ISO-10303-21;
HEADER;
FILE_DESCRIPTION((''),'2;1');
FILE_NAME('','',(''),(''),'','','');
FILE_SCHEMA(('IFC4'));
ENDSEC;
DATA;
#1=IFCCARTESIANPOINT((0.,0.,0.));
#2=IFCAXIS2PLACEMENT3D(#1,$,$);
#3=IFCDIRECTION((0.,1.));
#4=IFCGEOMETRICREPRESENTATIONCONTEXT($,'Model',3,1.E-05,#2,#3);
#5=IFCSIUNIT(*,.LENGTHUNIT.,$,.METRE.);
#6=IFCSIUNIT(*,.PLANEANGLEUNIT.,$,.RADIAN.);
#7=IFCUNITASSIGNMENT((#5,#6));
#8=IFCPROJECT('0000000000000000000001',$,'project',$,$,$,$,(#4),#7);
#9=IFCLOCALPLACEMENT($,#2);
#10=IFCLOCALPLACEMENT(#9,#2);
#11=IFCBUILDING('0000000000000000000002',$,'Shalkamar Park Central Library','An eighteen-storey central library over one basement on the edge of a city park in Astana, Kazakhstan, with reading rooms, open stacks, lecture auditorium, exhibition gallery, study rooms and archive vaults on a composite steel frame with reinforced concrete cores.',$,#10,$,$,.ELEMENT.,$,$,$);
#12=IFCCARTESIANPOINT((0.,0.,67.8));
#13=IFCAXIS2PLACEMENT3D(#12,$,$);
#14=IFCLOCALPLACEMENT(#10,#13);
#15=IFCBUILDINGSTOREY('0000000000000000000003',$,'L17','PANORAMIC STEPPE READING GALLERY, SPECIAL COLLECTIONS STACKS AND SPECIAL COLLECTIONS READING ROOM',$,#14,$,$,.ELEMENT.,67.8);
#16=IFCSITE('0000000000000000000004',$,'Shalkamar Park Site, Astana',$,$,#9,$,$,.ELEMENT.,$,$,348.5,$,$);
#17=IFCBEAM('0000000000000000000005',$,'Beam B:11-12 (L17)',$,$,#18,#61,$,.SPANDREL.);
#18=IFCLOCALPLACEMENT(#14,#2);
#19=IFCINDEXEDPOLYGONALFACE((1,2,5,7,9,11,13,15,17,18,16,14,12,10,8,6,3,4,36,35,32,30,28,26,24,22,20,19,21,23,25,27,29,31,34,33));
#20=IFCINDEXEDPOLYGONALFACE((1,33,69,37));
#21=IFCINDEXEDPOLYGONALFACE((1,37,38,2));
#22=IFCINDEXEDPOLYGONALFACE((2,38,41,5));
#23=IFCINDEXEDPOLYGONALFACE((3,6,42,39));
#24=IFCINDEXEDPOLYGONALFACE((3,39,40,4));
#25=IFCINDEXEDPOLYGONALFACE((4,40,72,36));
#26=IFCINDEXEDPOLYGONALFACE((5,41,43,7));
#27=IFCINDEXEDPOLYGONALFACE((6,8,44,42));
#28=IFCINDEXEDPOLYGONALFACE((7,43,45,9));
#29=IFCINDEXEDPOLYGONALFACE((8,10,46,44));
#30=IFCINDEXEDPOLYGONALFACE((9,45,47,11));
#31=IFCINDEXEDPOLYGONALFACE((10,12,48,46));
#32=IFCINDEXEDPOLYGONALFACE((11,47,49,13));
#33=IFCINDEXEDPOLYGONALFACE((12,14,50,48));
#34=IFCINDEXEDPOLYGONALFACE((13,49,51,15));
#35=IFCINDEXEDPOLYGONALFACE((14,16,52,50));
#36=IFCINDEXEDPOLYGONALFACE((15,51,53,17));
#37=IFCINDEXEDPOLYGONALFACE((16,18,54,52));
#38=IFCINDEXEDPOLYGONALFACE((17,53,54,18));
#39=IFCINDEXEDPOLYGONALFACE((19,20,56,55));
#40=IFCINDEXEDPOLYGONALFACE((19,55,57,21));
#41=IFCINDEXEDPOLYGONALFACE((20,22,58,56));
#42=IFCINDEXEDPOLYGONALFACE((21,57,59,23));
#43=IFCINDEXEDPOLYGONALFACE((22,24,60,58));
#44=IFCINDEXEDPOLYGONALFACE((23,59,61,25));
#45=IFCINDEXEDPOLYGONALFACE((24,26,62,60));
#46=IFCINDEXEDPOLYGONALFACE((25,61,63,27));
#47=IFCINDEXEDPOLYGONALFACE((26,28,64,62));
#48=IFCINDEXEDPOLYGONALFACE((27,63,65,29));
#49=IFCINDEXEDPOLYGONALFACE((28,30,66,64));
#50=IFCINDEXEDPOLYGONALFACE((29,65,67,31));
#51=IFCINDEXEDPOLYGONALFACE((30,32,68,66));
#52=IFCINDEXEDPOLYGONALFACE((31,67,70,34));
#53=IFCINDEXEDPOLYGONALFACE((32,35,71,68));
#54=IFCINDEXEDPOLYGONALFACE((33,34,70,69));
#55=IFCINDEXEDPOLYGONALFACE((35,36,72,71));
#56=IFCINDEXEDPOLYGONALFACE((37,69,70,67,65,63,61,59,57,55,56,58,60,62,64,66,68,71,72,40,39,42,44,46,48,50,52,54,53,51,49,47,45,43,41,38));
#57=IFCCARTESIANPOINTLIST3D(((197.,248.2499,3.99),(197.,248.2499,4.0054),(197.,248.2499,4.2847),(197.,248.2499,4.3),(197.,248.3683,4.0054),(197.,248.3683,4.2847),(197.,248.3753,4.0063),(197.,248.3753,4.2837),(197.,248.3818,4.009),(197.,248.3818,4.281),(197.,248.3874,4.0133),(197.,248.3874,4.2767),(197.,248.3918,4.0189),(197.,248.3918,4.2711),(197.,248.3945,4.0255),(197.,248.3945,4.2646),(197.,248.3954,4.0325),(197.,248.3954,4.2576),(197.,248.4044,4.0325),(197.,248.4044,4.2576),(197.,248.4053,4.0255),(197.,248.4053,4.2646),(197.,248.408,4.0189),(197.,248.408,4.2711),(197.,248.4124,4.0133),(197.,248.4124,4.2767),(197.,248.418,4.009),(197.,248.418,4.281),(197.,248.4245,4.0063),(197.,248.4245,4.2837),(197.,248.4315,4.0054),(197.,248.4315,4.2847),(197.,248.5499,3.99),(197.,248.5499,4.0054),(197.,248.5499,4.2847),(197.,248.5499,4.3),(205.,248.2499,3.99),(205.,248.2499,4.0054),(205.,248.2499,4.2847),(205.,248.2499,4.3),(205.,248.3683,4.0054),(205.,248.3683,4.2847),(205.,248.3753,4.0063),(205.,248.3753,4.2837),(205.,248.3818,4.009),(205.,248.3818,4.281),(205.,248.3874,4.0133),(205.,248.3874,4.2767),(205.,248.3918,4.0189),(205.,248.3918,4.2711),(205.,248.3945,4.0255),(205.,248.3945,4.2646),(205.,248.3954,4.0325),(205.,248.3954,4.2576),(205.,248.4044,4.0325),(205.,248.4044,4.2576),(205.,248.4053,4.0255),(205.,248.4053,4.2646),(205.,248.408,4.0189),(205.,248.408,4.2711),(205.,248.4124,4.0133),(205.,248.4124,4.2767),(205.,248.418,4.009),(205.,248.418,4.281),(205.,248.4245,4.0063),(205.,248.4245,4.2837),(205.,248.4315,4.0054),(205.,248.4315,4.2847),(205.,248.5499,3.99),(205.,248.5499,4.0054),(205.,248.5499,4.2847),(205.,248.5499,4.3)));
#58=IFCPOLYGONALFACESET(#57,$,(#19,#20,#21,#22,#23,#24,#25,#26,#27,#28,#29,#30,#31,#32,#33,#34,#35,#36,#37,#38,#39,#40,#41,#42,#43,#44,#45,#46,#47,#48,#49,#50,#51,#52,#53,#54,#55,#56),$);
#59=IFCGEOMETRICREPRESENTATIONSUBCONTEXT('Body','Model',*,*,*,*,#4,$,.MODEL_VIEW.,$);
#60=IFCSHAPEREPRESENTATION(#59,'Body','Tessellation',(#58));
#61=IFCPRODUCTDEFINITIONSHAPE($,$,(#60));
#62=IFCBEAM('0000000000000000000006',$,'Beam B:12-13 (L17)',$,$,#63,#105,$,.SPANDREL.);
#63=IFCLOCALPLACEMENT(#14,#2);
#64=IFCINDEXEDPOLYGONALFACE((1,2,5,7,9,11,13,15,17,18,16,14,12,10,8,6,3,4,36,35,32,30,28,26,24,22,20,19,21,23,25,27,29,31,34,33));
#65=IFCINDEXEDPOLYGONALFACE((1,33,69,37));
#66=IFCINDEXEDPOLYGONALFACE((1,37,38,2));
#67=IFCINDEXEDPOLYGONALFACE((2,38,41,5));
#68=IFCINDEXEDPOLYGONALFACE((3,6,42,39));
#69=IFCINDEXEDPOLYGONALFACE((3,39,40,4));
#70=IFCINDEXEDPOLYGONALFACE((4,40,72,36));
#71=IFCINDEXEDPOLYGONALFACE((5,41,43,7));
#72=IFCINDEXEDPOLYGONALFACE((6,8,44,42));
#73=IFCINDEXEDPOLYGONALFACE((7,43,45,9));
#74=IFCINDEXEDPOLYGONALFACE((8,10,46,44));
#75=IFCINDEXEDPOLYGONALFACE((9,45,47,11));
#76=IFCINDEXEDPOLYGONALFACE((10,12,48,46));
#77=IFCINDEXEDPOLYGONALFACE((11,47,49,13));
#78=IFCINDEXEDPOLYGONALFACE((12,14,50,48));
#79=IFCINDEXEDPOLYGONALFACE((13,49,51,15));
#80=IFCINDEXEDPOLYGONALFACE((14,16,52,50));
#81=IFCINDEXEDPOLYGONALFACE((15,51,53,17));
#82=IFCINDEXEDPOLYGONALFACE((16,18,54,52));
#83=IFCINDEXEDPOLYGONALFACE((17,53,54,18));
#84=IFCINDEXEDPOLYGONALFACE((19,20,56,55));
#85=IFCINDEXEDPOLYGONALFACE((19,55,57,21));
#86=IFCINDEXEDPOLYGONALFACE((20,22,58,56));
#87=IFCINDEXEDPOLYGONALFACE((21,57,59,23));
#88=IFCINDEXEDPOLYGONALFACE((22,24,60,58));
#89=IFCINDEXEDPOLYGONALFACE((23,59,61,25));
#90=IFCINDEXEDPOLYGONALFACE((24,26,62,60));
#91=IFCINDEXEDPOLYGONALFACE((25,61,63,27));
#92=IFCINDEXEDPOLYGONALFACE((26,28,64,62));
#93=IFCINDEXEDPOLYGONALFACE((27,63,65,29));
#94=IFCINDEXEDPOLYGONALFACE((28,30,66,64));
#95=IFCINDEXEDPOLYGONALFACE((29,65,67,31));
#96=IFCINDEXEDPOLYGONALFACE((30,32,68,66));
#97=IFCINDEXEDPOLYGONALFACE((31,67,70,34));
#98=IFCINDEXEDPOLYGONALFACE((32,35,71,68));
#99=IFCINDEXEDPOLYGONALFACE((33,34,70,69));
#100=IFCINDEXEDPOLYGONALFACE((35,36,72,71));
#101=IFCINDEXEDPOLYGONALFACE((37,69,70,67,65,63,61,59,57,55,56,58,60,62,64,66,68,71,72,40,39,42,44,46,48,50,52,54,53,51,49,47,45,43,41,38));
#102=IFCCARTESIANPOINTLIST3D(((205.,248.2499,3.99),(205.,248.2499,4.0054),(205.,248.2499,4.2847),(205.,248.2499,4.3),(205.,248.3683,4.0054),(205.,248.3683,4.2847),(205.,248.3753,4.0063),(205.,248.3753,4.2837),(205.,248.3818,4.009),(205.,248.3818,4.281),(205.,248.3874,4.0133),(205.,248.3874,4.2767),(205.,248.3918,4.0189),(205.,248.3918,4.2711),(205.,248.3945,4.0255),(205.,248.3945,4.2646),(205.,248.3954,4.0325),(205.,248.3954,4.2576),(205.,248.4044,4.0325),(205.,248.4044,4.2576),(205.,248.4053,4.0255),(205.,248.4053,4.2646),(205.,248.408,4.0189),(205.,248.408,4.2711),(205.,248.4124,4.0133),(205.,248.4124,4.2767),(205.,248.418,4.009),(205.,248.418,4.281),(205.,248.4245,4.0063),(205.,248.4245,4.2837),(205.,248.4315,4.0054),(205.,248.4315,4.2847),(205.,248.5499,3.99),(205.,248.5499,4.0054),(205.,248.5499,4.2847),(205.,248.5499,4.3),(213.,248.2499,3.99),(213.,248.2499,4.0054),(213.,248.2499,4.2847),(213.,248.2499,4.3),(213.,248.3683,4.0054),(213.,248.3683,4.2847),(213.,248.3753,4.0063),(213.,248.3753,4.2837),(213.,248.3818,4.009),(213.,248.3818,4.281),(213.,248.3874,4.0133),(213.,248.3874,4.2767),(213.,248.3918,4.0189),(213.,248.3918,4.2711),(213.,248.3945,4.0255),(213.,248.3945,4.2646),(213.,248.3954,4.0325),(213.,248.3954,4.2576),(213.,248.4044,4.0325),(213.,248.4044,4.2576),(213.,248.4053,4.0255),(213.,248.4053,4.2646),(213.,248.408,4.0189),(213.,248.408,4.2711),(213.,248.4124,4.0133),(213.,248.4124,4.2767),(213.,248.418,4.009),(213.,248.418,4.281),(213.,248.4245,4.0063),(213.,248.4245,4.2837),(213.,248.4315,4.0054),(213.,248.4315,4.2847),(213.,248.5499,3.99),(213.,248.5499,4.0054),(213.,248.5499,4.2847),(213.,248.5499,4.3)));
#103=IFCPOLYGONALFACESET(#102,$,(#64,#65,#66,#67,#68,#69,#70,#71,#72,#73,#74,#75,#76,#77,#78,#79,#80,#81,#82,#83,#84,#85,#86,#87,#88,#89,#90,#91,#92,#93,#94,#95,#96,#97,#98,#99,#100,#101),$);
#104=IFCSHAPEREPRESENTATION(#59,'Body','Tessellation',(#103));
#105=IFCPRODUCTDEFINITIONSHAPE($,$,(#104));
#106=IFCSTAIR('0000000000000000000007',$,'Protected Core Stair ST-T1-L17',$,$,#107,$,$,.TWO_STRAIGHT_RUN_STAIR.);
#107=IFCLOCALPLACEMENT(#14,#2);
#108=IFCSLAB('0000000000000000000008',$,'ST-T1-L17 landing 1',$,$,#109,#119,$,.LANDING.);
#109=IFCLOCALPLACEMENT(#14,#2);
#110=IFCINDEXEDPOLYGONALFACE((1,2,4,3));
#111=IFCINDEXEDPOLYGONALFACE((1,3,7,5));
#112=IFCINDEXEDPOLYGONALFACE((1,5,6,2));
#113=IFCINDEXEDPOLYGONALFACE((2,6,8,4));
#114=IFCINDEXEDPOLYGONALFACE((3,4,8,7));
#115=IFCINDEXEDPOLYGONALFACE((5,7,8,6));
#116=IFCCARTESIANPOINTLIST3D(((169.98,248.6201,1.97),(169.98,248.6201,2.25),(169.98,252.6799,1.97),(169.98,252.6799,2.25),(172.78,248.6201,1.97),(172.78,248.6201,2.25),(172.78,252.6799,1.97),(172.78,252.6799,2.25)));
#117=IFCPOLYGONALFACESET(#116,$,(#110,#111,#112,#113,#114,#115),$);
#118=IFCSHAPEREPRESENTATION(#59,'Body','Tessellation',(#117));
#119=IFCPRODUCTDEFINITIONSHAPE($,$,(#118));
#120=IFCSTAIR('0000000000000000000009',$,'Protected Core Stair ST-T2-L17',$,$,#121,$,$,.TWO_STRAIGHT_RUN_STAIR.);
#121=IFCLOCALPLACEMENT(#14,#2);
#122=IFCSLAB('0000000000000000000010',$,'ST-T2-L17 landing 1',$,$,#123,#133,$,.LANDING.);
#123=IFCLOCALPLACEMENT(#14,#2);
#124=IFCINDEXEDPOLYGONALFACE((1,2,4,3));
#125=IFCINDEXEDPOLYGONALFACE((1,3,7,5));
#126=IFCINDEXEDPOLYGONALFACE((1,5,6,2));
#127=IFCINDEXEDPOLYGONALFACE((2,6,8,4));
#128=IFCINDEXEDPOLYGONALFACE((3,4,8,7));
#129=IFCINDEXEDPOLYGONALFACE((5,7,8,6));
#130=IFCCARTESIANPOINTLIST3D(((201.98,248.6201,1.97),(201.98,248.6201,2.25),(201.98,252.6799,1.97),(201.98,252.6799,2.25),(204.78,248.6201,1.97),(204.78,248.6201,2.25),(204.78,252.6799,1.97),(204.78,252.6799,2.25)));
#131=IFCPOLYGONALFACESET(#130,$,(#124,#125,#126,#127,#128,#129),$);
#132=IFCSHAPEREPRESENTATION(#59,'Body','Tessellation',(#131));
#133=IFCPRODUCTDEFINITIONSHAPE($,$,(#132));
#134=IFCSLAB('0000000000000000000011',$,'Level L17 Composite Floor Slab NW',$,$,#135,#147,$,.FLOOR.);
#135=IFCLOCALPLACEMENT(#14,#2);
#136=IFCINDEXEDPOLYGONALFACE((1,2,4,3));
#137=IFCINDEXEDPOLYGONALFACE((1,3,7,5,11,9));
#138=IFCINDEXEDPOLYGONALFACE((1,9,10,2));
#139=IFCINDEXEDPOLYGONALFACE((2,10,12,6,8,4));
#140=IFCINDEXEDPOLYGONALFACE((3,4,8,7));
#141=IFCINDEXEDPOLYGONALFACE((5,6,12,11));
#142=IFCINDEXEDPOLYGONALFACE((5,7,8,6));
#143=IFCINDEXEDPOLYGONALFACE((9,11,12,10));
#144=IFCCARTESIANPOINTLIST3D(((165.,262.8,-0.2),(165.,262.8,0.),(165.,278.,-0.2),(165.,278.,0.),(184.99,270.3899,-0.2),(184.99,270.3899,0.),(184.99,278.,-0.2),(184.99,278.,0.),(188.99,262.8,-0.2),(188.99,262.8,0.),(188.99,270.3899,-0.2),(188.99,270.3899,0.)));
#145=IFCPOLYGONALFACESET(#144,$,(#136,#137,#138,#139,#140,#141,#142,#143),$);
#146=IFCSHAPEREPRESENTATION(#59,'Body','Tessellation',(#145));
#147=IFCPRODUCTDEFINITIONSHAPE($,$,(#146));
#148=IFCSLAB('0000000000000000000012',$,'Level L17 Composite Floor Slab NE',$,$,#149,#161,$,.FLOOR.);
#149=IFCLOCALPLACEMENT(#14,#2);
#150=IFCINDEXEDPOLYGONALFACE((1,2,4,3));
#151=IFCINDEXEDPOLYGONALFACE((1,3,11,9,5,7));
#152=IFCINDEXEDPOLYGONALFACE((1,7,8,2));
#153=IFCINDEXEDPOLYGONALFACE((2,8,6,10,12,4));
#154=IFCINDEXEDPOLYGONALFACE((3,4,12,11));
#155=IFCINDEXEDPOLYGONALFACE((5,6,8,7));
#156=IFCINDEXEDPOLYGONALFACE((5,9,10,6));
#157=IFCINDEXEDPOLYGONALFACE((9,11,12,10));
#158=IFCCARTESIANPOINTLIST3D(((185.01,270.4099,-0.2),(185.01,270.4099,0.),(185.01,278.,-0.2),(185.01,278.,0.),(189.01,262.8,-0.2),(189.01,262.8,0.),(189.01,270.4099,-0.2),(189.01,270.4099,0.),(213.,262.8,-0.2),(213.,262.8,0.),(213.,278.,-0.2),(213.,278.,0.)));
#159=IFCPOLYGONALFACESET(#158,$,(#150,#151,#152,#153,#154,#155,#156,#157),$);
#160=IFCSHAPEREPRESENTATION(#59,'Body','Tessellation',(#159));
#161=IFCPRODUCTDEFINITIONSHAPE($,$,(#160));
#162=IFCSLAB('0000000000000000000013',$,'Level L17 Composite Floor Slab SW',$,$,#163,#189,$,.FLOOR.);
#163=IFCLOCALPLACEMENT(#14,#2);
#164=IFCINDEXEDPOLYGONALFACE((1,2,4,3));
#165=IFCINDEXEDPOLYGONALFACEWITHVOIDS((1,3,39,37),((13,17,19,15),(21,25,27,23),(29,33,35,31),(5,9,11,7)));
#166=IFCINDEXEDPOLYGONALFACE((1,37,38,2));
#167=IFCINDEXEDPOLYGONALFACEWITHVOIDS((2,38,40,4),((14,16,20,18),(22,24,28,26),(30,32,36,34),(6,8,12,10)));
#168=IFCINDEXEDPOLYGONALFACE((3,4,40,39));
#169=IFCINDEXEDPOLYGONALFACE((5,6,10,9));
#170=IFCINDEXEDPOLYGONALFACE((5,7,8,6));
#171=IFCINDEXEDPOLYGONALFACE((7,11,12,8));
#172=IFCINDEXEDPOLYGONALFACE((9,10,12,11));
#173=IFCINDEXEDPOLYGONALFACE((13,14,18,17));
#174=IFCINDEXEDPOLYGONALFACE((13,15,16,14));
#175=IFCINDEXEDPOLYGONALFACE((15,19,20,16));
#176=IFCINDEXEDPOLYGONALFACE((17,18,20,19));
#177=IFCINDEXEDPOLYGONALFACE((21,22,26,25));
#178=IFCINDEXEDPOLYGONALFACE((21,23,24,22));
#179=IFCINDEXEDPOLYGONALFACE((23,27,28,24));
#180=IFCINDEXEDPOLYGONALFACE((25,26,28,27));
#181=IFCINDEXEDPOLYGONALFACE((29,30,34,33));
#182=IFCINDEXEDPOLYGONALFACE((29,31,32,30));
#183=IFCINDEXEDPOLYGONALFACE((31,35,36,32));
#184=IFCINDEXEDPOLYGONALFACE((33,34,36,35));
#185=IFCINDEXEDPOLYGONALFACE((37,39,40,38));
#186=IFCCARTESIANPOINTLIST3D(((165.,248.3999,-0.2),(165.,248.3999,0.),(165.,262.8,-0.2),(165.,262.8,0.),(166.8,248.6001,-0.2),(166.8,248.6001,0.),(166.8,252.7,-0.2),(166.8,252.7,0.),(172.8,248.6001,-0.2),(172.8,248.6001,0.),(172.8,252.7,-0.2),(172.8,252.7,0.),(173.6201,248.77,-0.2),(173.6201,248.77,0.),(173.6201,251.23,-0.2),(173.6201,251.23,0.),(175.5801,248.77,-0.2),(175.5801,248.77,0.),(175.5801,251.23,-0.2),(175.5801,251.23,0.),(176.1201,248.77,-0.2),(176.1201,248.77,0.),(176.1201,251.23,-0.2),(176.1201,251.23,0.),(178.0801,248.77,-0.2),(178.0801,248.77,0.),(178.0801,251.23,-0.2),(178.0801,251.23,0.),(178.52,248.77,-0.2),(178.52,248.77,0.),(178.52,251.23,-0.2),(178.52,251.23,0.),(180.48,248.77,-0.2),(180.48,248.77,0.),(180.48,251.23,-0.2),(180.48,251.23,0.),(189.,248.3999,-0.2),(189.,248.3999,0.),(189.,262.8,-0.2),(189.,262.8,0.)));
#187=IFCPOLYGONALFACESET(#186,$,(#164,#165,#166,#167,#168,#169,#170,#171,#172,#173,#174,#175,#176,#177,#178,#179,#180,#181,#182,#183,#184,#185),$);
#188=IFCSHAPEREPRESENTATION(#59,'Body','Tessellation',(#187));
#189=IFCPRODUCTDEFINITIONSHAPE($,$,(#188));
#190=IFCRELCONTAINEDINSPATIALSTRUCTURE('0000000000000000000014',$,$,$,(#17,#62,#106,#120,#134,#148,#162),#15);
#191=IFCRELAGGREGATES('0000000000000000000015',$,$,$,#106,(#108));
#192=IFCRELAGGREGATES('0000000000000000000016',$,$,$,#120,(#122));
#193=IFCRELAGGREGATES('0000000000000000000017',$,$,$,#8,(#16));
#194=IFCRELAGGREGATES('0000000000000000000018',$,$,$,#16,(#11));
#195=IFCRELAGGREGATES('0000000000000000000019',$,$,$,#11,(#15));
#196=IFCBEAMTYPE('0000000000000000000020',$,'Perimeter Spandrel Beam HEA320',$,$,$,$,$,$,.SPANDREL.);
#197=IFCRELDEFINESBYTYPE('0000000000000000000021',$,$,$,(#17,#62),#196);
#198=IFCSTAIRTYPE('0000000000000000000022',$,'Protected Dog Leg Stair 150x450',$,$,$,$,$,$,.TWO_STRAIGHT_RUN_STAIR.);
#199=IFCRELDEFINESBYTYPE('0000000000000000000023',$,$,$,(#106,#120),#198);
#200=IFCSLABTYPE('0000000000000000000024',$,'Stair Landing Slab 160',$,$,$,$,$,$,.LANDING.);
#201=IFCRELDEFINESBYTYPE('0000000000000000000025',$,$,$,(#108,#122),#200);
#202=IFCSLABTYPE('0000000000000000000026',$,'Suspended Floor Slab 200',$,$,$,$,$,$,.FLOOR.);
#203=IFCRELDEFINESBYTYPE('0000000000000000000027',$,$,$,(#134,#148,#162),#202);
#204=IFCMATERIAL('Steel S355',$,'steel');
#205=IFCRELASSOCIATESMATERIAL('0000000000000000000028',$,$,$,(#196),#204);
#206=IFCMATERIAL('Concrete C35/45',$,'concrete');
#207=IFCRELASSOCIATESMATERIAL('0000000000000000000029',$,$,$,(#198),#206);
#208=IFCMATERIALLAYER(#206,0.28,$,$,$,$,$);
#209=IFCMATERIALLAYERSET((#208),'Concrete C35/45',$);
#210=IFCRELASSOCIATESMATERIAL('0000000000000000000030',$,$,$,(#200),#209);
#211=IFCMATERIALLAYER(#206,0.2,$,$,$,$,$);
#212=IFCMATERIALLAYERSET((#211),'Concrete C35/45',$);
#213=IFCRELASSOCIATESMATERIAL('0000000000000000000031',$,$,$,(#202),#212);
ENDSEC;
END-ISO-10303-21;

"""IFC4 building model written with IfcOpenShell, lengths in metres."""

from ifc_helpers import new_model, si_unit, direction, frame, origin, origin_2d, place, context, subcontext, project, spatial, polyline, i_section, outline, extrude, material, layer, layer_set, material_profile, profile_set, type_object, element, aggregate, save


model = new_model("IFC4")

# Units and contexts
model_context = context("Model", 3, precision=1e-05, world=origin(), true_north=direction((0.0, 1.0)))
body_context = subcontext(model_context, "Body", "Model", "MODEL_VIEW")
ifc_project = project(units=[si_unit("LENGTHUNIT", "METRE"), si_unit("PLANEANGLEUNIT", "RADIAN")], contexts=[model_context])

# Site, building, storey
site_placement = place(None, origin())
site = spatial("IfcSite", under=ifc_project, at=site_placement, Name="Shalkamar Park Site, Astana", CompositionType="ELEMENT", RefElevation=348.5)
building_placement = place(site_placement, origin())
building = spatial("IfcBuilding", under=site, at=building_placement, Name="Shalkamar Park Central Library", Description="An eighteen-storey central library over one basement on the edge of a city park in Astana, Kazakhstan, with reading rooms, open stacks, lecture auditorium, exhibition gallery, study rooms and archive vaults on a composite steel frame with reinforced concrete cores.", CompositionType="ELEMENT")
storey_placement = place(building_placement, frame((0.0, 0.0, 67.8)))
storey = spatial("IfcBuildingStorey", under=building, at=storey_placement, Name="L17", Description="PANORAMIC STEPPE READING GALLERY, SPECIAL COLLECTIONS STACKS AND SPECIAL COLLECTIONS READING ROOM", CompositionType="ELEMENT", Elevation=67.8)

# Shared definitions
ifc_material_1 = material(Name="Steel S355", Category="steel")

# Beams
ifc_material_profile_1 = material_profile(ifc_material_1, i_section(OverallWidth=0.3, OverallDepth=0.3101, WebThickness=0.009, FlangeThickness=0.0154, FilletRadius=0.0271, at=origin_2d()), Name="HEA 320")
ifc_profile_set_1 = profile_set([ifc_material_profile_1], Name="Steel S355")
beam_type_1 = type_object("IfcBeamType", Name="Perimeter Spandrel Beam HEA320", PredefinedType="SPANDREL", material=ifc_profile_set_1)
for number, where, z_axis, x_axis, name in (
    (1, (197.0, 248.3999, 4.145), (1.0, 0.0, 0.0), (0.0, 1.0, 0.0), "Beam B:11-12 (L17)"),
    (2, (205.0, 248.3999, 4.145), (1.0, 0.0, 0.0), (0.0, 1.0, 0.0), "Beam B:12-13 (L17)"),
):
    element("IfcBeam", number, at=place(storey_placement, frame(where, z_axis=z_axis, x_axis=x_axis)), inside=storey, type_object=beam_type_1, Name=name, PredefinedType="SPANDREL", context=body_context, shape_type="SweptSolid", body=[
        extrude(i_section(OverallWidth=0.3, OverallDepth=0.3101, WebThickness=0.009, FlangeThickness=0.0154, FilletRadius=0.0271, at=origin_2d()), origin(), (0.0, 0.0, 1.0), 8.0),
    ])

# Stairs, slabs
ifc_material_2 = material(Name="Concrete C35/45", Category="concrete")
stair_type = type_object("IfcStairType", Name="Protected Dog Leg Stair 150x450", PredefinedType="TWO_STRAIGHT_RUN_STAIR", material=ifc_material_2)
stair_1_placement = place(storey_placement, origin())
stair_1 = element("IfcStair", 3, at=stair_1_placement, inside=storey, type_object=stair_type, Name="Protected Core Stair ST-T1-L17", PredefinedType="TWO_STRAIGHT_RUN_STAIR")
ifc_layer_1 = layer(ifc_material_2, 0.28)
ifc_layer_set_1 = layer_set([ifc_layer_1], Name="Concrete C35/45")
slab_type_1 = type_object("IfcSlabType", Name="Stair Landing Slab 160", PredefinedType="LANDING", material=ifc_layer_set_1)
slab_1_placement = place(storey_placement, frame((0.0, 0.0, 1.97)))
slab_1 = element("IfcSlab", 4, at=slab_1_placement, type_object=slab_type_1, Name="ST-T1-L17 landing 1", PredefinedType="LANDING", context=body_context, shape_type="SweptSolid", body=[
    extrude(outline(polyline([(169.98, 248.6201), (172.78, 248.6201), (172.78, 252.6799), (169.98, 252.6799), (169.98, 248.6201)])), origin(), (0.0, 0.0, 1.0), 0.28),
])
aggregate(stair_1, [slab_1])
stair_2_placement = place(storey_placement, origin())
stair_2 = element("IfcStair", 5, at=stair_2_placement, inside=storey, type_object=stair_type, Name="Protected Core Stair ST-T2-L17", PredefinedType="TWO_STRAIGHT_RUN_STAIR")
slab_2_placement = place(storey_placement, frame((0.0, 0.0, 1.97)))
slab_2 = element("IfcSlab", 6, at=slab_2_placement, type_object=slab_type_1, Name="ST-T2-L17 landing 1", PredefinedType="LANDING", context=body_context, shape_type="SweptSolid", body=[
    extrude(outline(polyline([(201.98, 248.6201), (204.78, 248.6201), (204.78, 252.6799), (201.98, 252.6799), (201.98, 248.6201)])), origin(), (0.0, 0.0, 1.0), 0.28),
])
aggregate(stair_2, [slab_2])

# Slabs
ifc_layer_2 = layer(ifc_material_2, 0.2)
ifc_layer_set_2 = layer_set([ifc_layer_2], Name="Concrete C35/45")
slab_type_2 = type_object("IfcSlabType", Name="Suspended Floor Slab 200", PredefinedType="FLOOR", material=ifc_layer_set_2)
slab_3_placement = place(storey_placement, frame((0.0, 0.0, -0.2)))
element("IfcSlab", 7, at=slab_3_placement, inside=storey, type_object=slab_type_2, Name="Level L17 Composite Floor Slab NW", PredefinedType="FLOOR", context=body_context, shape_type="SweptSolid", body=[
    extrude(outline(polyline([(165.0, 262.8), (188.99, 262.8), (188.99, 270.3899), (184.99, 270.3899), (184.99, 278.0), (165.0, 278.0), (165.0, 262.8)])), origin(), (0.0, 0.0, 1.0), 0.2),
])
slab_4_placement = place(storey_placement, frame((0.0, 0.0, -0.2)))
element("IfcSlab", 8, at=slab_4_placement, inside=storey, type_object=slab_type_2, Name="Level L17 Composite Floor Slab NE", PredefinedType="FLOOR", context=body_context, shape_type="SweptSolid", body=[
    extrude(outline(polyline([(189.01, 262.8), (213.0, 262.8), (213.0, 278.0), (185.01, 278.0), (185.01, 270.4099), (189.01, 270.4099), (189.01, 262.8)])), origin(), (0.0, 0.0, 1.0), 0.2),
])
slab_5_placement = place(storey_placement, frame((0.0, 0.0, -0.2)))
element("IfcSlab", 9, at=slab_5_placement, inside=storey, type_object=slab_type_2, Name="Level L17 Composite Floor Slab SW", PredefinedType="FLOOR", context=body_context, shape_type="SweptSolid", body=[
    extrude(outline(polyline([(165.0, 248.3999), (165.0, 262.8), (189.0, 262.8), (189.0, 248.3999), (165.0, 248.3999)]), holes=[polyline([(173.6201, 248.77), (175.5801, 248.77), (175.5801, 251.23), (173.6201, 251.23), (173.6201, 248.77)]), polyline([(176.1201, 251.23), (176.1201, 248.77), (178.0801, 248.77), (178.0801, 251.23), (176.1201, 251.23)]), polyline([(178.52, 251.23), (178.52, 248.77), (180.48, 248.77), (180.48, 251.23), (178.52, 251.23)]), polyline([(166.8, 252.7), (166.8, 248.6001), (172.8, 248.6001), (172.8, 252.7), (166.8, 252.7)])]), origin(), (0.0, 0.0, 1.0), 0.2),
])

save(model, "model.ifc")
